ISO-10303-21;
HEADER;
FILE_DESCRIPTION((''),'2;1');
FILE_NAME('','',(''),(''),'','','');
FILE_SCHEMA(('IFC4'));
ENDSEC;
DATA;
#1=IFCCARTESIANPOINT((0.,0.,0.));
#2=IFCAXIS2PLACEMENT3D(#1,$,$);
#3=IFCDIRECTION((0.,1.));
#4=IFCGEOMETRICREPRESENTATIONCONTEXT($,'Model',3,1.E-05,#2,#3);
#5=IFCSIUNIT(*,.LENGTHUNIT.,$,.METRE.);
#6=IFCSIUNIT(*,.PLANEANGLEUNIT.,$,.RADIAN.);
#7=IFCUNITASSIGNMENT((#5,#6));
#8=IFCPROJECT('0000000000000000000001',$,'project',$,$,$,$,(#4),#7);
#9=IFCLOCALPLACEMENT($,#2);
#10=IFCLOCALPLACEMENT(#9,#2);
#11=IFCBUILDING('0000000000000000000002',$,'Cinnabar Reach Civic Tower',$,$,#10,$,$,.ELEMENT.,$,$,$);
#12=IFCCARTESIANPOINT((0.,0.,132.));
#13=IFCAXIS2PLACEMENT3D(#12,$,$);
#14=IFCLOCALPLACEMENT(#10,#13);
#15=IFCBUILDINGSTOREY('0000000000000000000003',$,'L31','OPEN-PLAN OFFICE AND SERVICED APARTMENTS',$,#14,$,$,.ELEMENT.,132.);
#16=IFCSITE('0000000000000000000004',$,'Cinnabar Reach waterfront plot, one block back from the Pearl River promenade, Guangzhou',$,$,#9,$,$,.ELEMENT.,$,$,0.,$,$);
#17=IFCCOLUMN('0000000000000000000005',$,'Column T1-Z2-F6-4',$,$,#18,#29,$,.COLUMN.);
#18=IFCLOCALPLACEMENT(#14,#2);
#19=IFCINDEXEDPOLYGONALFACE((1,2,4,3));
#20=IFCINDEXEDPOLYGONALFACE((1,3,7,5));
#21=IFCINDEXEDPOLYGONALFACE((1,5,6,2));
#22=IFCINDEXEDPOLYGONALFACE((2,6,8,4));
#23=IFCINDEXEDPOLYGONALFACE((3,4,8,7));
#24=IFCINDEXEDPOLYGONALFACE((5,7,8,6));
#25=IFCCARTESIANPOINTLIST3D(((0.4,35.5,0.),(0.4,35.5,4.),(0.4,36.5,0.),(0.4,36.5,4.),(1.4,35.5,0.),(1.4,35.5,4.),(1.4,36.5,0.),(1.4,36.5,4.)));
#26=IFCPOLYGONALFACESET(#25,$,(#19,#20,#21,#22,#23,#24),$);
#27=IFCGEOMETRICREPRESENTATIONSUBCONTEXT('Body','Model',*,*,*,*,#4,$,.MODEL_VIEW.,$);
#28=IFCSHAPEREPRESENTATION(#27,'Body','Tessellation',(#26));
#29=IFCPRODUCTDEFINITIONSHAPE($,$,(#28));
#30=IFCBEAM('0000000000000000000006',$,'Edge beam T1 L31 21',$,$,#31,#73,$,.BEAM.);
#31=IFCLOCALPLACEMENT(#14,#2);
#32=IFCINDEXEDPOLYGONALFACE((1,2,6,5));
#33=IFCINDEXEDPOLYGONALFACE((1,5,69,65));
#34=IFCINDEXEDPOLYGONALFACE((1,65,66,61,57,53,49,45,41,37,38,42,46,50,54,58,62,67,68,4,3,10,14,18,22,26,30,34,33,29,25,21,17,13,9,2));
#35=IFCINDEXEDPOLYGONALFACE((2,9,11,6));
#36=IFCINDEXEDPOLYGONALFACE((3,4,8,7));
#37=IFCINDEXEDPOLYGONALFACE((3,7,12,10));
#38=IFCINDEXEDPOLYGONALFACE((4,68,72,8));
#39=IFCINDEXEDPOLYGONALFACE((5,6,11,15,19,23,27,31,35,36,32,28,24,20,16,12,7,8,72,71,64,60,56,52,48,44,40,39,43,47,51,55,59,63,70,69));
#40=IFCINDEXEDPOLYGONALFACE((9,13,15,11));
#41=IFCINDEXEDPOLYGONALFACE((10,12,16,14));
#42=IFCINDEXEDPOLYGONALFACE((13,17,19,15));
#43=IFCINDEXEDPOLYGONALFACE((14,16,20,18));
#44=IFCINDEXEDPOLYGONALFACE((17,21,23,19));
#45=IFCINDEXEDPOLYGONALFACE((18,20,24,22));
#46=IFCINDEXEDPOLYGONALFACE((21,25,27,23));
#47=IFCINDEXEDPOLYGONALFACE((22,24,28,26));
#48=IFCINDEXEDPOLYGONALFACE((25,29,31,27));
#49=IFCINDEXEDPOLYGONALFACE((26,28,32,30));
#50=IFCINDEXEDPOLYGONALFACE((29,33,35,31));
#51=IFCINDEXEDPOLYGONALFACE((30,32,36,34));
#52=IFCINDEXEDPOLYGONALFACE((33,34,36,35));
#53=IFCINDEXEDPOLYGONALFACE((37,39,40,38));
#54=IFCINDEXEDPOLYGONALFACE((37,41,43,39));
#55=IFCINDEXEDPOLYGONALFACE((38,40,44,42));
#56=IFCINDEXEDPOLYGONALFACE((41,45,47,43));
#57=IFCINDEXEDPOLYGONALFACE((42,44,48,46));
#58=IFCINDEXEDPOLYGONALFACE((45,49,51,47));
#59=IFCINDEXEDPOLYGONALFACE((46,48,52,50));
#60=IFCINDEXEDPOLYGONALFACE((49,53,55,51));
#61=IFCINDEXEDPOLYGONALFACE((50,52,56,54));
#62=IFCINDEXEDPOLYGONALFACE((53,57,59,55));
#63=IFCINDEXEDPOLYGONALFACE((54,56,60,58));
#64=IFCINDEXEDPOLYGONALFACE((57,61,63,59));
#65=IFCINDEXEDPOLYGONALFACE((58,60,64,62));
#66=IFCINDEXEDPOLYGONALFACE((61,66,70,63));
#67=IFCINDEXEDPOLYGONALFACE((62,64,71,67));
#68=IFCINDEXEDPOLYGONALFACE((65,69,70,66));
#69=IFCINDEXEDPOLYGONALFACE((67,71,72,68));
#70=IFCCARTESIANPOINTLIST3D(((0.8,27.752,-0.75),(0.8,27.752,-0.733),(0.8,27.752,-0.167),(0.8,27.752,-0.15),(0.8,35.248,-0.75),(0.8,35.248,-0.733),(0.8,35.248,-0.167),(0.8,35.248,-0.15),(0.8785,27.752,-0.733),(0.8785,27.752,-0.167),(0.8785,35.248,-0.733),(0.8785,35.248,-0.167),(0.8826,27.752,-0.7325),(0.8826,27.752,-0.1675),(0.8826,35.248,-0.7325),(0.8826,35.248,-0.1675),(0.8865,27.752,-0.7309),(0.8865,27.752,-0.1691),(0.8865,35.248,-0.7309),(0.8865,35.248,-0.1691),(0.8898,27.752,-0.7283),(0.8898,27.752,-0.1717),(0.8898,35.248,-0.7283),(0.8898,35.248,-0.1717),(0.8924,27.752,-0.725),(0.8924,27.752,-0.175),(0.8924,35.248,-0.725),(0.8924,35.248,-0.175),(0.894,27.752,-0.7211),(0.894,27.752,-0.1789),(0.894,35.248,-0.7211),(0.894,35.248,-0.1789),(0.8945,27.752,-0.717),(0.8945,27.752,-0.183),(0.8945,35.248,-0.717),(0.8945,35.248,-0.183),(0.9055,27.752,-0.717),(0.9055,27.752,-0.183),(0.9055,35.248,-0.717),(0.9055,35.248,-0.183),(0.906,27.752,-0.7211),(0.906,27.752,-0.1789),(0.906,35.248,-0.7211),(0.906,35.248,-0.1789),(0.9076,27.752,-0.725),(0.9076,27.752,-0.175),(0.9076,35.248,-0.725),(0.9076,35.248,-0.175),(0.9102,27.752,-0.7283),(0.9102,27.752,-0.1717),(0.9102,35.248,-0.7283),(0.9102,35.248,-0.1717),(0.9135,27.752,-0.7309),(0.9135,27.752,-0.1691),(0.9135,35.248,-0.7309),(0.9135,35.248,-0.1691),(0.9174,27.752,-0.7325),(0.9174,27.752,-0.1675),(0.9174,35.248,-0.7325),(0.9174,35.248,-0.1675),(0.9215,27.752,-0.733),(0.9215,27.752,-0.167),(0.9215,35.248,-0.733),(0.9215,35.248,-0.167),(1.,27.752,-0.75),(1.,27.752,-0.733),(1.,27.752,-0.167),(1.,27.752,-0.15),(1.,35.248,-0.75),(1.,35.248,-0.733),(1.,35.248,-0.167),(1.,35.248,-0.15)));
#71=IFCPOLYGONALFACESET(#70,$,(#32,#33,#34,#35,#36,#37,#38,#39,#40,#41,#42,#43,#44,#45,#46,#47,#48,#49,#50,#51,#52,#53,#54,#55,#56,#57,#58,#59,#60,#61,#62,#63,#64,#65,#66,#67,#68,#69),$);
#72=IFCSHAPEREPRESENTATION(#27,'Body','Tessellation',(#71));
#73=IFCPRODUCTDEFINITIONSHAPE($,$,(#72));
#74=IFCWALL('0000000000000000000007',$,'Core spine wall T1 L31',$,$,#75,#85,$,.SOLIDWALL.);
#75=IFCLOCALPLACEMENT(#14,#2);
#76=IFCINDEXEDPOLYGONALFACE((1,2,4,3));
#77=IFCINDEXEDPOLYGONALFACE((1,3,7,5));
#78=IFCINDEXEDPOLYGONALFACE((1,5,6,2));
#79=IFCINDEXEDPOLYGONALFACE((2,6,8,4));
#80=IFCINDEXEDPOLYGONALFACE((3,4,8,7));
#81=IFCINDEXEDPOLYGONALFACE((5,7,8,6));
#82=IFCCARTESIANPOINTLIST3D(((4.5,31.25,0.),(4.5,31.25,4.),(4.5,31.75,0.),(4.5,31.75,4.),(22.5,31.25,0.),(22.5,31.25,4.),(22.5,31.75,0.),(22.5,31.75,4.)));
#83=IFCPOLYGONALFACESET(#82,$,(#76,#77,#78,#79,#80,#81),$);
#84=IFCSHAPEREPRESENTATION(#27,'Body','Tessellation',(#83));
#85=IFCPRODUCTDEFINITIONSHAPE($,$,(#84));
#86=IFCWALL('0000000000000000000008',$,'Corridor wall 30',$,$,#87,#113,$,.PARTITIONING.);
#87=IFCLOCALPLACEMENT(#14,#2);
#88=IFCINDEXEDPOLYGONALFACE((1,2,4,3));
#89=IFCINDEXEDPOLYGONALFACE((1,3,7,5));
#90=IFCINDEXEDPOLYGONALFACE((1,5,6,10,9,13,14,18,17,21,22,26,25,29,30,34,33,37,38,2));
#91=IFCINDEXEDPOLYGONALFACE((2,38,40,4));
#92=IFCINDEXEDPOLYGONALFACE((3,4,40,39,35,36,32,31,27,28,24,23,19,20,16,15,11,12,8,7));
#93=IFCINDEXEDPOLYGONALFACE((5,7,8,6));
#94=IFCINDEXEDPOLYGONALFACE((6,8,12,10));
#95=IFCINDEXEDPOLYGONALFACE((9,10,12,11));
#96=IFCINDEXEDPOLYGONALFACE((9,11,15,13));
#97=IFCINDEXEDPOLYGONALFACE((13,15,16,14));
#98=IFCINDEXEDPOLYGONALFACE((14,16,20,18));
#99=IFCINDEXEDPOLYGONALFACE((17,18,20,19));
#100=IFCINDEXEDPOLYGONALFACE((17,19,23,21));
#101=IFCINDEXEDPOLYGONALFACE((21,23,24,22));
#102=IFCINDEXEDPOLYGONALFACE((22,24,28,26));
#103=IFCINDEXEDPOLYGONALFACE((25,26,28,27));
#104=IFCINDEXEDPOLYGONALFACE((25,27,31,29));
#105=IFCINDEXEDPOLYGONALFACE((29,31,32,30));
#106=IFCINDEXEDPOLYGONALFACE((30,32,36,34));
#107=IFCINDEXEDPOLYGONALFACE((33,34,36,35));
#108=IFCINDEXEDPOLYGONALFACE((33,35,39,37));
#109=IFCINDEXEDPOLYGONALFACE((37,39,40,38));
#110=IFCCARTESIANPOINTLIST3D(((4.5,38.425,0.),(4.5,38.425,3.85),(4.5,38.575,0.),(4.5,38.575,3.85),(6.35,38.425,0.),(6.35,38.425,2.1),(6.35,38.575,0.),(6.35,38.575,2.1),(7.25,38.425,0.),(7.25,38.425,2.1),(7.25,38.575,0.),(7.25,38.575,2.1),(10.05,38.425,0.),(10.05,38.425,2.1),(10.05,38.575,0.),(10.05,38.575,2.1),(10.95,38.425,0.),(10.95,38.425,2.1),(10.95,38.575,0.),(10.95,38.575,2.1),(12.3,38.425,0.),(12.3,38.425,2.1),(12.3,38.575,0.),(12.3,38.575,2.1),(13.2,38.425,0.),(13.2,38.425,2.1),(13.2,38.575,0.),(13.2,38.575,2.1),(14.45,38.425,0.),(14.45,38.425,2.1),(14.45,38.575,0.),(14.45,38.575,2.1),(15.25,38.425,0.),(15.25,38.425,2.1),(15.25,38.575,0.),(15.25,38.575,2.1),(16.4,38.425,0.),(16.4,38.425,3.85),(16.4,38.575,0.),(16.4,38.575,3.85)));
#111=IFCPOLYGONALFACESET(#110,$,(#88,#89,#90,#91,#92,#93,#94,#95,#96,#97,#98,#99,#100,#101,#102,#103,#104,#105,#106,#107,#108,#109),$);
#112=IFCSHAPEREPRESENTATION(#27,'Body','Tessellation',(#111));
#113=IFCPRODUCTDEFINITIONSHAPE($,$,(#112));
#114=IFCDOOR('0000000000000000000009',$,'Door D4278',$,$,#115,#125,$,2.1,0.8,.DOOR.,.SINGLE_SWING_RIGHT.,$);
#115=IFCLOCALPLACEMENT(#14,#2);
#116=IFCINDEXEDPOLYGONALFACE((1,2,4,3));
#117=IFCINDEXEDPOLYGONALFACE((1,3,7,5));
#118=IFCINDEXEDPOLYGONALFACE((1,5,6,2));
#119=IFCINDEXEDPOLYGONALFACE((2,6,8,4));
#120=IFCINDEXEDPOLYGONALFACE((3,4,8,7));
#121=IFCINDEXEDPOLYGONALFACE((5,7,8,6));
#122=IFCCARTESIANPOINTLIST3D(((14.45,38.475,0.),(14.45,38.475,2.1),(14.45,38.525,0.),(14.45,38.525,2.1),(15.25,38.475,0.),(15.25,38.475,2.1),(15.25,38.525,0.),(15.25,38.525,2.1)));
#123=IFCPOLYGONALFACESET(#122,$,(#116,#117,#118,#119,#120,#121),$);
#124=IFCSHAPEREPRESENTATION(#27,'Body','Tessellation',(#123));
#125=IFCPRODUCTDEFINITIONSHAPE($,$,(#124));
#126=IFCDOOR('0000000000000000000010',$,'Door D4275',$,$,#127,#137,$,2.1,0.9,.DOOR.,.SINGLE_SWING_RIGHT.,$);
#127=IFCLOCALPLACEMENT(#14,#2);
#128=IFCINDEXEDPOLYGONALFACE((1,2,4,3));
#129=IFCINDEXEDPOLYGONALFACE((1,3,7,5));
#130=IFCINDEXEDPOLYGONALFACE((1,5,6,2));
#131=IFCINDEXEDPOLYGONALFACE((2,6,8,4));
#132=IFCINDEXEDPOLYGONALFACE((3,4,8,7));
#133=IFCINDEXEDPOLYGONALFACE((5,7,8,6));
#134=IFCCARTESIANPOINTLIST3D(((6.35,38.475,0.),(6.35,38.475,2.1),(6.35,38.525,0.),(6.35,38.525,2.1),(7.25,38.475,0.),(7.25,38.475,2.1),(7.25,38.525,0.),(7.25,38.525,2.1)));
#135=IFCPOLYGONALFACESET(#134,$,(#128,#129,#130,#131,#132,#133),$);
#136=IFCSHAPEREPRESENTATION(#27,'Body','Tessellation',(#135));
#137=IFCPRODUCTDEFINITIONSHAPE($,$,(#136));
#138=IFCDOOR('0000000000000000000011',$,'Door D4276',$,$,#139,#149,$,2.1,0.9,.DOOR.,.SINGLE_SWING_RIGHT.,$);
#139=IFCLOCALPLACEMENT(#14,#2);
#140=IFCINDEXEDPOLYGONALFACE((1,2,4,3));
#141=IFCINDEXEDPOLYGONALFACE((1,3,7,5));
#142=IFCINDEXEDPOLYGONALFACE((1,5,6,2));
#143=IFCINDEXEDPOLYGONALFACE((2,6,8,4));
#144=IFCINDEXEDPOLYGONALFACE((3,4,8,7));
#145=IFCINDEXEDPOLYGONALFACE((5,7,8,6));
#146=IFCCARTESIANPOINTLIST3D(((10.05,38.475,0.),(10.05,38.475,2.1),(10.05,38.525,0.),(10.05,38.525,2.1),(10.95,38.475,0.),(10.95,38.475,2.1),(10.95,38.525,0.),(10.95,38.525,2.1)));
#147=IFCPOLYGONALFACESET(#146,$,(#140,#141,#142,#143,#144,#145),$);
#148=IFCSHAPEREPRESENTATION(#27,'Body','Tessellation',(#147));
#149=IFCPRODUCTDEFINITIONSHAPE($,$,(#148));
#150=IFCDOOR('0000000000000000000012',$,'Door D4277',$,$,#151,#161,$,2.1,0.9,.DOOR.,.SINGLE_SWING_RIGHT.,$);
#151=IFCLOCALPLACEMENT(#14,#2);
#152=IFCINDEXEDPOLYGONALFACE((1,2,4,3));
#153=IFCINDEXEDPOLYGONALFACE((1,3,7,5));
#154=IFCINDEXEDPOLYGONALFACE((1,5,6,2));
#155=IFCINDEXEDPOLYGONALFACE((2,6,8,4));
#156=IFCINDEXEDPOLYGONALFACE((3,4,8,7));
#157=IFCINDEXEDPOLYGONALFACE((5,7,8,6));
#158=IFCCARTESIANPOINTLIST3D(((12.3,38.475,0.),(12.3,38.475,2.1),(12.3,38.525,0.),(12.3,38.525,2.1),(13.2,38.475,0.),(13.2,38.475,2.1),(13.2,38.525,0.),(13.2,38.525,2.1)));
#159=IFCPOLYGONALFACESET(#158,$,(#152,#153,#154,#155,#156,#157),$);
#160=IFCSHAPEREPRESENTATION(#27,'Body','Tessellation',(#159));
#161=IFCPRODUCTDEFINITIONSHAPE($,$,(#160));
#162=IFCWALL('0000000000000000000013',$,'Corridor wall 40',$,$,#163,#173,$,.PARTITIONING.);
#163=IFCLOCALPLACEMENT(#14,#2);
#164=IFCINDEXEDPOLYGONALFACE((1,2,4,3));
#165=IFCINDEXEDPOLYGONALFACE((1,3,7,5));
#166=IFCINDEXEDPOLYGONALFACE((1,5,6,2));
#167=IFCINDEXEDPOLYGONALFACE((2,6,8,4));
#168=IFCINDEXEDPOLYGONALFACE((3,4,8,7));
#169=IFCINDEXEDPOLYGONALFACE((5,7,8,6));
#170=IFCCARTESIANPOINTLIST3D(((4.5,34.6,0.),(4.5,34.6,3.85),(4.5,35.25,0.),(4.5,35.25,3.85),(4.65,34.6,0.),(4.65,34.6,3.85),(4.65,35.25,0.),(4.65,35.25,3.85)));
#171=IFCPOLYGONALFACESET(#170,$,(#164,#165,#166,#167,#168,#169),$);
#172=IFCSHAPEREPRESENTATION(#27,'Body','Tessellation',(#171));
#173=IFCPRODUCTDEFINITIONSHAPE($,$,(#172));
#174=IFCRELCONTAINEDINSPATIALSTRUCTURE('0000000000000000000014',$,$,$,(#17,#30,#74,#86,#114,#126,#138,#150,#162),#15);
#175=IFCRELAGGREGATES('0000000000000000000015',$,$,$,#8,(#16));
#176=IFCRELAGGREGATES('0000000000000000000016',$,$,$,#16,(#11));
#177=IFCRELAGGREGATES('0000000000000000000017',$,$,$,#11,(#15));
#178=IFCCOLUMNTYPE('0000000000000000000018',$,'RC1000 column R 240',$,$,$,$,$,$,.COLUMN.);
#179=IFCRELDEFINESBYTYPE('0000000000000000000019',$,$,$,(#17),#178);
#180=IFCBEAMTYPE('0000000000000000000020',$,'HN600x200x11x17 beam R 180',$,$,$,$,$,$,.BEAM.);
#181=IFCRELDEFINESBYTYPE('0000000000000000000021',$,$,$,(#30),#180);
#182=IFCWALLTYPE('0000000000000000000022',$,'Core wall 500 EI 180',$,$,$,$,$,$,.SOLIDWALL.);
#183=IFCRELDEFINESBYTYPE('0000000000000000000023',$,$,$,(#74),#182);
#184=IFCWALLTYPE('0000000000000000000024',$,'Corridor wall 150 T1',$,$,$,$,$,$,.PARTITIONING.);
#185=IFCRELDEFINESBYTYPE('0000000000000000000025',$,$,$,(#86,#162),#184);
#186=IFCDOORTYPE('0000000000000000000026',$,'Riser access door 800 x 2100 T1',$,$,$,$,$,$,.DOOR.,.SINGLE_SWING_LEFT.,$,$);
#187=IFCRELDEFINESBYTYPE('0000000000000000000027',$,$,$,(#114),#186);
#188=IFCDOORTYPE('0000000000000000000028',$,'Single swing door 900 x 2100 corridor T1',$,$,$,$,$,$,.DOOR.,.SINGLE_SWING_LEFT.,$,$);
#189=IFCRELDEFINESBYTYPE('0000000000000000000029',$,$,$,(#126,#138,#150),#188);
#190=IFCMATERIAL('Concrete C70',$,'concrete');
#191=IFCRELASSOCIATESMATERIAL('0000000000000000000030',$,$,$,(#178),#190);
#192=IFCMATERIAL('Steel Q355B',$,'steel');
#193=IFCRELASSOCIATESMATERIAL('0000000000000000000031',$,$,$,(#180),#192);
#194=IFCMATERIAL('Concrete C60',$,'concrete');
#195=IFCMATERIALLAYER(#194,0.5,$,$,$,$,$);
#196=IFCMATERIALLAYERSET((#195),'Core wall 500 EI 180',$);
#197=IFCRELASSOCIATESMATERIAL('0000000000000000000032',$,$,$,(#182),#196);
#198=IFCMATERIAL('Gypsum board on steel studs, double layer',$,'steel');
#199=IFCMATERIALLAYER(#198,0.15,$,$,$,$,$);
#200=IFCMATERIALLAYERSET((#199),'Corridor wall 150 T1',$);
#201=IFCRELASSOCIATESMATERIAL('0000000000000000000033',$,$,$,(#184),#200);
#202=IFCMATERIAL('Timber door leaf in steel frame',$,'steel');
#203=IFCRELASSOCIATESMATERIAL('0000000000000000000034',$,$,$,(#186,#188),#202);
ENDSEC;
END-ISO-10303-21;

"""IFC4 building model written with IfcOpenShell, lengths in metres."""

from ifc_helpers import new_model, si_unit, direction, frame, frame_2d, origin, origin_2d, place, context, subcontext, project, spatial, rectangle, i_section, extrude, material, layer, layer_set, material_profile, profile_set, type_object, element, fill, save


model = new_model("IFC4")

# Units and contexts
model_context = context("Model", 3, precision=1e-05, world=origin(), true_north=direction((0.0, 1.0)))
body_context = subcontext(model_context, "Body", "Model", "MODEL_VIEW")
ifc_project = project(units=[si_unit("LENGTHUNIT", "METRE"), si_unit("PLANEANGLEUNIT", "RADIAN")], contexts=[model_context])

# Site, building, storey
site_placement = place(None, origin())
site = spatial("IfcSite", under=ifc_project, at=site_placement, Name="Cinnabar Reach waterfront plot, one block back from the Pearl River promenade, Guangzhou", CompositionType="ELEMENT", RefElevation=0.0)
building_placement = place(site_placement, origin())
building = spatial("IfcBuilding", under=site, at=building_placement, Name="Cinnabar Reach Civic Tower", CompositionType="ELEMENT")
storey_placement = place(building_placement, frame((0.0, 0.0, 132.0)))
storey = spatial("IfcBuildingStorey", under=building, at=storey_placement, Name="L31", Description="OPEN-PLAN OFFICE AND SERVICED APARTMENTS", CompositionType="ELEMENT", Elevation=132.0)

# Column
ifc_material_1 = material(Name="Concrete C70", Category="concrete")
ifc_material_profile_1 = material_profile(ifc_material_1, rectangle(XDim=1.0, YDim=1.0, at=origin_2d()), Name="RC1000")
ifc_profile_set_1 = profile_set([ifc_material_profile_1], Name="Concrete C70")
column_type = type_object("IfcColumnType", Name="RC1000 column R 240", PredefinedType="COLUMN", material=ifc_profile_set_1)
column_placement = place(storey_placement, frame((0.9, 36.0, 0.0), z_axis=(0.0, 0.0, 1.0), x_axis=(1.0, 0.0, 0.0)))
element("IfcColumn", 1, at=column_placement, inside=storey, type_object=column_type, Name="Column T1-Z2-F6-4", PredefinedType="COLUMN", context=body_context, shape_type="SweptSolid", body=[
    extrude(rectangle(XDim=1.0, YDim=1.0, at=origin_2d()), origin(), (0.0, 0.0, 1.0), 4.0),
])

# Beam
ifc_material_2 = material(Name="Steel Q355B", Category="steel")
ifc_material_profile_2 = material_profile(ifc_material_2, i_section(OverallWidth=0.2, OverallDepth=0.6, WebThickness=0.011, FlangeThickness=0.017, FilletRadius=0.016, at=origin_2d()), Name="HN600x200x11x17")
ifc_profile_set_2 = profile_set([ifc_material_profile_2], Name="Steel Q355B")
beam_type = type_object("IfcBeamType", Name="HN600x200x11x17 beam R 180", PredefinedType="BEAM", material=ifc_profile_set_2)
beam_placement = place(storey_placement, frame((0.9, 35.248, -0.45), z_axis=(0.0, -1.0, 0.0), x_axis=(1.0, 0.0, 0.0)))
element("IfcBeam", 2, at=beam_placement, inside=storey, type_object=beam_type, Name="Edge beam T1 L31 21", PredefinedType="BEAM", context=body_context, shape_type="SweptSolid", body=[
    extrude(i_section(OverallWidth=0.2, OverallDepth=0.6, WebThickness=0.011, FlangeThickness=0.017, FilletRadius=0.016, at=origin_2d()), origin(), (0.0, 0.0, 1.0), 7.496),
])

# Wall
ifc_material_3 = material(Name="Concrete C60", Category="concrete")
ifc_layer_1 = layer(ifc_material_3, 0.5)
ifc_layer_set_1 = layer_set([ifc_layer_1], Name="Core wall 500 EI 180")
wall_type_1 = type_object("IfcWallType", Name="Core wall 500 EI 180", PredefinedType="SOLIDWALL", material=ifc_layer_set_1)
wall_1_placement = place(storey_placement, frame((4.5, 31.5, 0.0), z_axis=(0.0, 0.0, 1.0), x_axis=(1.0, 0.0, 0.0)))
element("IfcWall", 3, at=wall_1_placement, inside=storey, type_object=wall_type_1, Name="Core spine wall T1 L31", PredefinedType="SOLIDWALL", context=body_context, shape_type="SweptSolid", body=[
    extrude(rectangle(XDim=18.0, YDim=0.5, at=frame_2d((9.0, 0.0))), origin(), (0.0, 0.0, 1.0), 4.0),
])

# Wall, openings, doors
ifc_material_4 = material(Name="Gypsum board on steel studs, double layer", Category="steel")
ifc_layer_2 = layer(ifc_material_4, 0.15)
ifc_layer_set_2 = layer_set([ifc_layer_2], Name="Corridor wall 150 T1")
wall_type_2 = type_object("IfcWallType", Name="Corridor wall 150 T1", PredefinedType="PARTITIONING", material=ifc_layer_set_2)
wall_2_placement = place(storey_placement, frame((4.5, 38.5, 0.0), z_axis=(0.0, 0.0, 1.0), x_axis=(1.0, 0.0, 0.0)))
wall_2 = element("IfcWall", 4, at=wall_2_placement, inside=storey, type_object=wall_type_2, Name="Corridor wall 30", PredefinedType="PARTITIONING", context=body_context, shape_type="SweptSolid", body=[
    extrude(rectangle(XDim=11.9, YDim=0.15, at=frame_2d((5.95, 0.0))), origin(), (0.0, 0.0, 1.0), 3.85),
])
opening_1_placement = place(wall_2_placement, frame((1.85, 0.0, 0.0)))
opening_1 = element("IfcOpeningElement", 5, at=opening_1_placement, cuts=wall_2, PredefinedType="OPENING", context=body_context, shape_type="SweptSolid", body=[
    extrude(rectangle(XDim=0.9, YDim=2.1, at=frame_2d((0.45, 1.05))), frame((0.0, 0.085, 0.0), z_axis=(0.0, -1.0, 0.0), x_axis=(1.0, 0.0, 0.0)), (0.0, 0.0, 1.0), 0.17),
])
opening_2_placement = place(wall_2_placement, frame((5.55, 0.0, 0.0)))
opening_2 = element("IfcOpeningElement", 6, at=opening_2_placement, cuts=wall_2, PredefinedType="OPENING", context=body_context, shape_type="SweptSolid", body=[
    extrude(rectangle(XDim=0.9, YDim=2.1, at=frame_2d((0.45, 1.05))), frame((0.0, 0.085, 0.0), z_axis=(0.0, -1.0, 0.0), x_axis=(1.0, 0.0, 0.0)), (0.0, 0.0, 1.0), 0.17),
])
opening_3_placement = place(wall_2_placement, frame((7.8, 0.0, 0.0)))
opening_3 = element("IfcOpeningElement", 7, at=opening_3_placement, cuts=wall_2, PredefinedType="OPENING", context=body_context, shape_type="SweptSolid", body=[
    extrude(rectangle(XDim=0.9, YDim=2.1, at=frame_2d((0.45, 1.05))), frame((0.0, 0.085, 0.0), z_axis=(0.0, -1.0, 0.0), x_axis=(1.0, 0.0, 0.0)), (0.0, 0.0, 1.0), 0.17),
])
opening_4_placement = place(wall_2_placement, frame((9.95, 0.0, 0.0)))
opening_4 = element("IfcOpeningElement", 8, at=opening_4_placement, cuts=wall_2, PredefinedType="OPENING", context=body_context, shape_type="SweptSolid", body=[
    extrude(rectangle(XDim=0.8, YDim=2.1, at=frame_2d((0.4, 1.05))), frame((0.0, 0.085, 0.0), z_axis=(0.0, -1.0, 0.0), x_axis=(1.0, 0.0, 0.0)), (0.0, 0.0, 1.0), 0.17),
])
ifc_material_5 = material(Name="Timber door leaf in steel frame", Category="steel")
door_type_1 = type_object("IfcDoorType", Name="Riser access door 800 x 2100 T1", OperationType="SINGLE_SWING_LEFT", PredefinedType="DOOR", material=ifc_material_5)
door_1_placement = place(opening_4_placement, origin())
door_1 = element("IfcDoor", 9, at=door_1_placement, inside=storey, type_object=door_type_1, Name="Door D4278", OperationType="SINGLE_SWING_RIGHT", OverallHeight=2.1, OverallWidth=0.8, PredefinedType="DOOR", context=body_context, shape_type="SweptSolid", body=[
    extrude(rectangle(XDim=0.8, YDim=2.1, at=frame_2d((0.4, 1.05))), frame((0.0, 0.025, 0.0), z_axis=(0.0, -1.0, 0.0), x_axis=(1.0, 0.0, 0.0)), (0.0, 0.0, 1.0), 0.05),
])
fill(opening_4, door_1)
door_type_2 = type_object("IfcDoorType", Name="Single swing door 900 x 2100 corridor T1", OperationType="SINGLE_SWING_LEFT", PredefinedType="DOOR", material=ifc_material_5)
door_2_placement = place(opening_1_placement, origin())
door_2 = element("IfcDoor", 10, at=door_2_placement, inside=storey, type_object=door_type_2, Name="Door D4275", OperationType="SINGLE_SWING_RIGHT", OverallHeight=2.1, OverallWidth=0.9, PredefinedType="DOOR", context=body_context, shape_type="SweptSolid", body=[
    extrude(rectangle(XDim=0.9, YDim=2.1, at=frame_2d((0.45, 1.05))), frame((0.0, 0.025, 0.0), z_axis=(0.0, -1.0, 0.0), x_axis=(1.0, 0.0, 0.0)), (0.0, 0.0, 1.0), 0.05),
])
fill(opening_1, door_2)
door_3_placement = place(opening_2_placement, origin())
door_3 = element("IfcDoor", 11, at=door_3_placement, inside=storey, type_object=door_type_2, Name="Door D4276", OperationType="SINGLE_SWING_RIGHT", OverallHeight=2.1, OverallWidth=0.9, PredefinedType="DOOR", context=body_context, shape_type="SweptSolid", body=[
    extrude(rectangle(XDim=0.9, YDim=2.1, at=frame_2d((0.45, 1.05))), frame((0.0, 0.025, 0.0), z_axis=(0.0, -1.0, 0.0), x_axis=(1.0, 0.0, 0.0)), (0.0, 0.0, 1.0), 0.05),
])
fill(opening_2, door_3)
door_4_placement = place(opening_3_placement, origin())
door_4 = element("IfcDoor", 12, at=door_4_placement, inside=storey, type_object=door_type_2, Name="Door D4277", OperationType="SINGLE_SWING_RIGHT", OverallHeight=2.1, OverallWidth=0.9, PredefinedType="DOOR", context=body_context, shape_type="SweptSolid", body=[
    extrude(rectangle(XDim=0.9, YDim=2.1, at=frame_2d((0.45, 1.05))), frame((0.0, 0.025, 0.0), z_axis=(0.0, -1.0, 0.0), x_axis=(1.0, 0.0, 0.0)), (0.0, 0.0, 1.0), 0.05),
])
fill(opening_3, door_4)

# Wall
wall_3_placement = place(storey_placement, frame((4.575, 34.6, 0.0), z_axis=(0.0, 0.0, 1.0), x_axis=(0.0, 1.0, 0.0)))
element("IfcWall", 13, at=wall_3_placement, inside=storey, type_object=wall_type_2, Name="Corridor wall 40", PredefinedType="PARTITIONING", context=body_context, shape_type="SweptSolid", body=[
    extrude(rectangle(XDim=0.65, YDim=0.15, at=frame_2d((0.325, 0.0))), origin(), (0.0, 0.0, 1.0), 3.85),
])

save(model, "model.ifc")
